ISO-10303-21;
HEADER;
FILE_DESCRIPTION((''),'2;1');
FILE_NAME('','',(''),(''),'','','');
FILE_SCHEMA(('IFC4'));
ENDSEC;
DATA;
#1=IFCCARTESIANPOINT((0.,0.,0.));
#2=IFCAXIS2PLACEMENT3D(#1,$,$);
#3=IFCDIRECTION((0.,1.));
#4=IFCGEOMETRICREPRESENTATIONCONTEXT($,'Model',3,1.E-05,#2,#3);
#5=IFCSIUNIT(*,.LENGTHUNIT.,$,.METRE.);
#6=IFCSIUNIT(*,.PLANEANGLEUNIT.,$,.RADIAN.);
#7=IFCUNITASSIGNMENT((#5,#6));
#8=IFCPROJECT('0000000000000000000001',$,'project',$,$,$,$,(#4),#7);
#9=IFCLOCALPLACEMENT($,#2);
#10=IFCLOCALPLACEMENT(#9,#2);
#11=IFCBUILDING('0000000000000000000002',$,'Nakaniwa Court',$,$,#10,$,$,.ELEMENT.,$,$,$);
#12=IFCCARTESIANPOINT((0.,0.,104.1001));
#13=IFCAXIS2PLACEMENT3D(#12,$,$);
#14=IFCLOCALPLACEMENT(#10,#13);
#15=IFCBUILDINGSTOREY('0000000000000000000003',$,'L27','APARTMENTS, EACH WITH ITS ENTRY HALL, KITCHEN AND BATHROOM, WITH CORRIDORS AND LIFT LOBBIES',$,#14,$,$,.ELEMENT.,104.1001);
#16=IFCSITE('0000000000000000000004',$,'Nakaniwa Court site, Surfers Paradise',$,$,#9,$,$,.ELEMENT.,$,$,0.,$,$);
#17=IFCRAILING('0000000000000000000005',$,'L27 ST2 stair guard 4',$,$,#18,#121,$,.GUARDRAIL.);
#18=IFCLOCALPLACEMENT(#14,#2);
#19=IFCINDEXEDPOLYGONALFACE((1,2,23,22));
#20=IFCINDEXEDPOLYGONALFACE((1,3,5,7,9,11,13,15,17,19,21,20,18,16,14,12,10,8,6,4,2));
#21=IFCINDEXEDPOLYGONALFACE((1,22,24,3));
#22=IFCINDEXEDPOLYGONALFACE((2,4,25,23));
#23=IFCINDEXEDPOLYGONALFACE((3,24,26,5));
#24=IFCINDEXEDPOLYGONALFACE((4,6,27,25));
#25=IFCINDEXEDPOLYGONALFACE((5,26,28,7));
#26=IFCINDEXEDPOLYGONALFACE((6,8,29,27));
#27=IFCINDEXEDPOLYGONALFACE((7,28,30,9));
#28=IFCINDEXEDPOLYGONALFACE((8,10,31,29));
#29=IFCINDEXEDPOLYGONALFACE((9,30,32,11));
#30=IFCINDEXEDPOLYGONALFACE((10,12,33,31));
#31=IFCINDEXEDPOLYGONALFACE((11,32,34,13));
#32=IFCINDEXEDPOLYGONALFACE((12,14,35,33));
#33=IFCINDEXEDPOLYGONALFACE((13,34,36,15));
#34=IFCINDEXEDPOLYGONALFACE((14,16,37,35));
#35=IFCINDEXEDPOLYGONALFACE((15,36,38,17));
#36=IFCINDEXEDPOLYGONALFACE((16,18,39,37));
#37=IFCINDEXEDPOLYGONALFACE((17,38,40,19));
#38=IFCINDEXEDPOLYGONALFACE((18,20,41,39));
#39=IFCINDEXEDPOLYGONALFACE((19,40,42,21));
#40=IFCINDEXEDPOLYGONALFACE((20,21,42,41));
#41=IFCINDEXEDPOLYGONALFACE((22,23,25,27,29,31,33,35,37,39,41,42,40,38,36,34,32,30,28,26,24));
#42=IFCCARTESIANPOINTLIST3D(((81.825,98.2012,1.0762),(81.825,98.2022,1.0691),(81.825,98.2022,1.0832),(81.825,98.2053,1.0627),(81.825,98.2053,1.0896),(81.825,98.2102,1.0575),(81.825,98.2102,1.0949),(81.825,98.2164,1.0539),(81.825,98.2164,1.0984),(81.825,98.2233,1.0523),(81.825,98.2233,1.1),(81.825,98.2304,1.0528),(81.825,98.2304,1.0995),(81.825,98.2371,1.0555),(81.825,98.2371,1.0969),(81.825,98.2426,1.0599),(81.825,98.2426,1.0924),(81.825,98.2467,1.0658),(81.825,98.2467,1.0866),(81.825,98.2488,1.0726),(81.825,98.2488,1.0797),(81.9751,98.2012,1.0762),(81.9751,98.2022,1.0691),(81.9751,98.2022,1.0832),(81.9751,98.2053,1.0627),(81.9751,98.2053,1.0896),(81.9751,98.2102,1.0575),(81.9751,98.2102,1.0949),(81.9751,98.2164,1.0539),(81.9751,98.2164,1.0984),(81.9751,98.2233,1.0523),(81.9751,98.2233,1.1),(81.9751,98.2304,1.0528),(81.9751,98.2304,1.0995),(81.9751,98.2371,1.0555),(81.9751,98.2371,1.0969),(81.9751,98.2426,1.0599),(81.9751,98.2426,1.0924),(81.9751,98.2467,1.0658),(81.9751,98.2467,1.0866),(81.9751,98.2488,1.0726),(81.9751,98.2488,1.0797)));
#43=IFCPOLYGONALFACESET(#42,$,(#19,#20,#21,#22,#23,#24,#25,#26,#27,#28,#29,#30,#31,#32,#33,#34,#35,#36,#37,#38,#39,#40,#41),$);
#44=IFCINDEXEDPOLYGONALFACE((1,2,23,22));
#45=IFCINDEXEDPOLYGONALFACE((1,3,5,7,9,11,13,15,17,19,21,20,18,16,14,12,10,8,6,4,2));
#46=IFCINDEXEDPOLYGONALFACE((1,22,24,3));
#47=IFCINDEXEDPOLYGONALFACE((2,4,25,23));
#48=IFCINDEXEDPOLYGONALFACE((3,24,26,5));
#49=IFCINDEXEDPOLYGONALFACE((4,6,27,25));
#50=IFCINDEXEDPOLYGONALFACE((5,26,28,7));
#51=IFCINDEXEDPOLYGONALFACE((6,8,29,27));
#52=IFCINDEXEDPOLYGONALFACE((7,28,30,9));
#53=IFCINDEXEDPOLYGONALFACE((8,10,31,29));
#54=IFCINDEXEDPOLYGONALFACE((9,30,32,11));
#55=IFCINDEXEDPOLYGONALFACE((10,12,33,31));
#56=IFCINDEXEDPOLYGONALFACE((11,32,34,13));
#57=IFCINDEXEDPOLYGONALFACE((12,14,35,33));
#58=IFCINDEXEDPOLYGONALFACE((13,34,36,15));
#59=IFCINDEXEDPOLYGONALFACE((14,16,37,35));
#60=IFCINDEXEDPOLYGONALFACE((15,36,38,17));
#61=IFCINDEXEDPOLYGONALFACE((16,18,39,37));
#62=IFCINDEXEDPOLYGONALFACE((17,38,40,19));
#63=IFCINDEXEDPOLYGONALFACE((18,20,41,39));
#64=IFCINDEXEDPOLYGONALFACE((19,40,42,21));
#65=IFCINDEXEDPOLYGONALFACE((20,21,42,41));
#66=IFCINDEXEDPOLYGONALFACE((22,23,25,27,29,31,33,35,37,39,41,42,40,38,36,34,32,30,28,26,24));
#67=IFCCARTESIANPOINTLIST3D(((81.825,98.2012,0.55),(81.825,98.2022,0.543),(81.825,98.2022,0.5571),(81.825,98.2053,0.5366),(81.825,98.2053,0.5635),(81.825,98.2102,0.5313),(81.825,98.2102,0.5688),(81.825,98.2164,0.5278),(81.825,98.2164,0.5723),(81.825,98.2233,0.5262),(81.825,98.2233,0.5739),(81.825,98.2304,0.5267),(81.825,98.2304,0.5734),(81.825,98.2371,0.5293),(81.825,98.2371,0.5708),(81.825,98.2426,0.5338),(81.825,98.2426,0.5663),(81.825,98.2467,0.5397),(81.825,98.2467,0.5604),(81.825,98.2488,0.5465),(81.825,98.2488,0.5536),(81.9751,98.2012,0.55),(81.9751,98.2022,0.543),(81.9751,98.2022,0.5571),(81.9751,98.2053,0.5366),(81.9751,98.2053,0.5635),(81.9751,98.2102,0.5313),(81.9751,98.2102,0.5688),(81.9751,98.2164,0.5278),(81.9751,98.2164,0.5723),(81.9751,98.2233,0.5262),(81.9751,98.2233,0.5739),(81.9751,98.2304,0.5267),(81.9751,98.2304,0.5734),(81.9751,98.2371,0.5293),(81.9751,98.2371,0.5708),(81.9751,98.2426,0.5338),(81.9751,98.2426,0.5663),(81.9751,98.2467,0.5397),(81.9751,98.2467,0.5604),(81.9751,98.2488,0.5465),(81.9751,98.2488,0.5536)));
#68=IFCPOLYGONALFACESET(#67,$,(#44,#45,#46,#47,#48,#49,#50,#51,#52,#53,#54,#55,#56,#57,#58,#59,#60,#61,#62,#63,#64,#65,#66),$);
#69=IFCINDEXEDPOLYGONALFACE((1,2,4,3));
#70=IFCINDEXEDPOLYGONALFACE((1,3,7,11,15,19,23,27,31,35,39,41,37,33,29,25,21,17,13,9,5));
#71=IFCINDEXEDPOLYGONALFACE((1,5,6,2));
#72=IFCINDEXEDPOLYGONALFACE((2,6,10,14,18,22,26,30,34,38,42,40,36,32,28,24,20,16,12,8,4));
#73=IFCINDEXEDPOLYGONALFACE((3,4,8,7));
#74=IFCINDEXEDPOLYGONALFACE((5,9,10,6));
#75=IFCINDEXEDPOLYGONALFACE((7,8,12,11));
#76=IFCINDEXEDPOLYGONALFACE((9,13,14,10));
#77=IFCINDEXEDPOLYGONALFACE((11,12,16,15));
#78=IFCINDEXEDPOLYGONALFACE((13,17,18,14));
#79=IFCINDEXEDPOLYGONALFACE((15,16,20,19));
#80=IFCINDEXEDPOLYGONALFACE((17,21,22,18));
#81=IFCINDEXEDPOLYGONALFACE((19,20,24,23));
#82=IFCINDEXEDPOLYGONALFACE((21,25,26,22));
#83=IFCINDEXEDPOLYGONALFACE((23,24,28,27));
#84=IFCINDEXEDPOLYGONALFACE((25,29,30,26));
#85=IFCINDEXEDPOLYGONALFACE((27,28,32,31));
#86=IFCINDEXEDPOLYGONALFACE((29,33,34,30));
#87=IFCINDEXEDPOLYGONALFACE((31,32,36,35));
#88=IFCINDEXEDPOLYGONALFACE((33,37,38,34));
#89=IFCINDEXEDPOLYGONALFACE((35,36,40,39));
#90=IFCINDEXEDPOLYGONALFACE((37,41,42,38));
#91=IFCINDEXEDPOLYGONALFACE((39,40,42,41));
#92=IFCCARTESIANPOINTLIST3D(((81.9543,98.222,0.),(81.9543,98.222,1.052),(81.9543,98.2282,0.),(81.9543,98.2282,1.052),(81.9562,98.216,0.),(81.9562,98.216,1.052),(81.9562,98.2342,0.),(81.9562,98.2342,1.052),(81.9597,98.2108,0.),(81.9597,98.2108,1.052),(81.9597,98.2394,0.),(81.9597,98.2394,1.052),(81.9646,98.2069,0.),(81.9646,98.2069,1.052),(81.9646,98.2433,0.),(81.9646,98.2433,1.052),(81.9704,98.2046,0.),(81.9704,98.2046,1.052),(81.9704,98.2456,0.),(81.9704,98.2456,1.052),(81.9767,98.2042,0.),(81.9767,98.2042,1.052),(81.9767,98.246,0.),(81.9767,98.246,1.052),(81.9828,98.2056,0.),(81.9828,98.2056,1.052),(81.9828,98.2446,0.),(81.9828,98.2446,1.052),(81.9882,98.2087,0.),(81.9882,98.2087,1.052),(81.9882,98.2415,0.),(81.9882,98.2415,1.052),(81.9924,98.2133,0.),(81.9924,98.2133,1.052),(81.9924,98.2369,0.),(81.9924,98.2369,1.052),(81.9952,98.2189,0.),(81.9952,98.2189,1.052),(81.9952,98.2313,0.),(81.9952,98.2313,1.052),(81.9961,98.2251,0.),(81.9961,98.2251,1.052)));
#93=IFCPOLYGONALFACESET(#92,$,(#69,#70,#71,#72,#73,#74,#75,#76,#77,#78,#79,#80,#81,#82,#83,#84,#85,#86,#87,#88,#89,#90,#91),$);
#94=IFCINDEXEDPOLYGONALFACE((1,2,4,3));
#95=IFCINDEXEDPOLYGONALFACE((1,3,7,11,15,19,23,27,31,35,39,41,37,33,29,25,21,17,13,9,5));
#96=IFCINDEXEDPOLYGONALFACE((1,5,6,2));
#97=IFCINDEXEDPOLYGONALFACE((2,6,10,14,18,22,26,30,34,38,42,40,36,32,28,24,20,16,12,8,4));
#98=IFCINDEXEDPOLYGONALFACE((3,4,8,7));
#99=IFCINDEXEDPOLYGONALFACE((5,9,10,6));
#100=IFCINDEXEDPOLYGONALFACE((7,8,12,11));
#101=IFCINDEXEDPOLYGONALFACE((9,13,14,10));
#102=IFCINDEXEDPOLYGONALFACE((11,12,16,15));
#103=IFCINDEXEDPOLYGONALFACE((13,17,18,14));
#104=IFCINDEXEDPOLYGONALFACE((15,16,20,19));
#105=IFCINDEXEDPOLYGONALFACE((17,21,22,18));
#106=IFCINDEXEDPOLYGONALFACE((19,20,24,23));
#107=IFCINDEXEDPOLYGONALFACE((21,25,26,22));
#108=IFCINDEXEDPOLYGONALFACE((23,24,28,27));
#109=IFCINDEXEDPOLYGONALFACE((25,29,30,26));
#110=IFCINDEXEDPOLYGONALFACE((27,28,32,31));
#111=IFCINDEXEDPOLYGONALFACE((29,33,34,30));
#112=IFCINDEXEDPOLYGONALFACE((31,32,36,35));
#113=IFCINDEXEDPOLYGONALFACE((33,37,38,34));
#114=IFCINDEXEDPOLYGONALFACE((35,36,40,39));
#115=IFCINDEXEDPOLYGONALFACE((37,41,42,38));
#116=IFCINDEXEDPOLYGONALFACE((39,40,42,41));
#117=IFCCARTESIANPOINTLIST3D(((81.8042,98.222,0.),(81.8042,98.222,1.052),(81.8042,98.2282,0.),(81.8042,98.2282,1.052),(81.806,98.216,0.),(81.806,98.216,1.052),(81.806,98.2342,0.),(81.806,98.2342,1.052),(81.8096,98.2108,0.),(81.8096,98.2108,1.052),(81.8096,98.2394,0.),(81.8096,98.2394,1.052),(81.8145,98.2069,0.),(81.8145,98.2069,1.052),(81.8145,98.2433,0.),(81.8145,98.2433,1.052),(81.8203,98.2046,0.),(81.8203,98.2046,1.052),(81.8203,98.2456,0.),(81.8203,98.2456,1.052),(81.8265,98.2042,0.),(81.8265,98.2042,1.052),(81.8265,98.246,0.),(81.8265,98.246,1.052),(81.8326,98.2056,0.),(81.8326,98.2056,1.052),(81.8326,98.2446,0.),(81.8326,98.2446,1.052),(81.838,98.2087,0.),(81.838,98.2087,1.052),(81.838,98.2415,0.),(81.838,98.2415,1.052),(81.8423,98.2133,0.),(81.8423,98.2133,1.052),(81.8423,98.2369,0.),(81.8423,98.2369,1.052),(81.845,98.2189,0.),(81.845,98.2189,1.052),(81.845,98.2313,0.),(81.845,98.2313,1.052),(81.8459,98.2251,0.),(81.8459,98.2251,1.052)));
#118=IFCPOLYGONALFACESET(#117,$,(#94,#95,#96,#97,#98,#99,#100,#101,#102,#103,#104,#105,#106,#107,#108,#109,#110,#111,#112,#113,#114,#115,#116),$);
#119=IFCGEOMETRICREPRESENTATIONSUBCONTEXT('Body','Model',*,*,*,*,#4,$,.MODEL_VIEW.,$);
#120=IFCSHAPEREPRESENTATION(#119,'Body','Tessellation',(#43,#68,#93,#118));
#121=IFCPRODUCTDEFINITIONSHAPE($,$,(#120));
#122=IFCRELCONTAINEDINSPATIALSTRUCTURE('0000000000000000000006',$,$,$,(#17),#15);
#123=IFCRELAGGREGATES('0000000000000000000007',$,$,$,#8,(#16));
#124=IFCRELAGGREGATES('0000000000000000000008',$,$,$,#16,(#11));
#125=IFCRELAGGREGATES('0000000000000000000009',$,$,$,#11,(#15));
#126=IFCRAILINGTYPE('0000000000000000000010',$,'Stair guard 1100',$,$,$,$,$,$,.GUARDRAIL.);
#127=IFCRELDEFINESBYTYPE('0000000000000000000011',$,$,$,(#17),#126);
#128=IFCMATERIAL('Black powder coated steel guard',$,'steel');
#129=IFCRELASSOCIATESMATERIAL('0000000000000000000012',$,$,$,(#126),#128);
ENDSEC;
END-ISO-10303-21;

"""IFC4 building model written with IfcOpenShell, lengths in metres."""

from ifc_helpers import new_model, si_unit, direction, frame, origin, origin_2d, place, context, subcontext, project, spatial, circle, extrude, material, type_object, element, save


model = new_model("IFC4")

# Units and contexts
model_context = context("Model", 3, precision=1e-05, world=origin(), true_north=direction((0.0, 1.0)))
body_context = subcontext(model_context, "Body", "Model", "MODEL_VIEW")
ifc_project = project(units=[si_unit("LENGTHUNIT", "METRE"), si_unit("PLANEANGLEUNIT", "RADIAN")], contexts=[model_context])

# Site, building, storey
site_placement = place(None, origin())
site = spatial("IfcSite", under=ifc_project, at=site_placement, Name="Nakaniwa Court site, Surfers Paradise", CompositionType="ELEMENT", RefElevation=0.0)
building_placement = place(site_placement, origin())
building = spatial("IfcBuilding", under=site, at=building_placement, Name="Nakaniwa Court", CompositionType="ELEMENT")
storey_placement = place(building_placement, frame((0.0, 0.0, 104.1001)))
storey = spatial("IfcBuildingStorey", under=building, at=storey_placement, Name="L27", Description="APARTMENTS, EACH WITH ITS ENTRY HALL, KITCHEN AND BATHROOM, WITH CORRIDORS AND LIFT LOBBIES", CompositionType="ELEMENT", Elevation=104.1001)

# Railing
ifc_material_1 = material(Name="Black powder coated steel guard", Category="steel")
railing_type_1 = type_object("IfcRailingType", Name="Stair guard 1100", PredefinedType="GUARDRAIL", material=ifc_material_1)
railing_1_placement = place(storey_placement, frame((81.9751, 98.2251, 0.0)))
element("IfcRailing", 1, at=railing_1_placement, inside=storey, type_object=railing_type_1, Name="L27 ST2 stair guard 4", PredefinedType="GUARDRAIL", context=body_context, shape_type="SweptSolid", body=[
    extrude(circle(Radius=0.0239, at=origin_2d()), frame((0.0, 0.0, 1.0762), z_axis=(-1.0, 0.0, 0.0), x_axis=(0.0, -1.0, 0.0)), (0.0, 0.0, 1.0), 0.1501),
    extrude(circle(Radius=0.0239, at=origin_2d()), frame((0.0, 0.0, 0.55), z_axis=(-1.0, 0.0, 0.0), x_axis=(0.0, -1.0, 0.0)), (0.0, 0.0, 1.0), 0.1501),
    extrude(circle(Radius=0.021, at=origin_2d()), origin(), (0.0, 0.0, 1.0), 1.052),
    extrude(circle(Radius=0.021, at=origin_2d()), frame((-0.1501, 0.0, 0.0)), (0.0, 0.0, 1.0), 1.052),
])

save(model, "model.ifc")
